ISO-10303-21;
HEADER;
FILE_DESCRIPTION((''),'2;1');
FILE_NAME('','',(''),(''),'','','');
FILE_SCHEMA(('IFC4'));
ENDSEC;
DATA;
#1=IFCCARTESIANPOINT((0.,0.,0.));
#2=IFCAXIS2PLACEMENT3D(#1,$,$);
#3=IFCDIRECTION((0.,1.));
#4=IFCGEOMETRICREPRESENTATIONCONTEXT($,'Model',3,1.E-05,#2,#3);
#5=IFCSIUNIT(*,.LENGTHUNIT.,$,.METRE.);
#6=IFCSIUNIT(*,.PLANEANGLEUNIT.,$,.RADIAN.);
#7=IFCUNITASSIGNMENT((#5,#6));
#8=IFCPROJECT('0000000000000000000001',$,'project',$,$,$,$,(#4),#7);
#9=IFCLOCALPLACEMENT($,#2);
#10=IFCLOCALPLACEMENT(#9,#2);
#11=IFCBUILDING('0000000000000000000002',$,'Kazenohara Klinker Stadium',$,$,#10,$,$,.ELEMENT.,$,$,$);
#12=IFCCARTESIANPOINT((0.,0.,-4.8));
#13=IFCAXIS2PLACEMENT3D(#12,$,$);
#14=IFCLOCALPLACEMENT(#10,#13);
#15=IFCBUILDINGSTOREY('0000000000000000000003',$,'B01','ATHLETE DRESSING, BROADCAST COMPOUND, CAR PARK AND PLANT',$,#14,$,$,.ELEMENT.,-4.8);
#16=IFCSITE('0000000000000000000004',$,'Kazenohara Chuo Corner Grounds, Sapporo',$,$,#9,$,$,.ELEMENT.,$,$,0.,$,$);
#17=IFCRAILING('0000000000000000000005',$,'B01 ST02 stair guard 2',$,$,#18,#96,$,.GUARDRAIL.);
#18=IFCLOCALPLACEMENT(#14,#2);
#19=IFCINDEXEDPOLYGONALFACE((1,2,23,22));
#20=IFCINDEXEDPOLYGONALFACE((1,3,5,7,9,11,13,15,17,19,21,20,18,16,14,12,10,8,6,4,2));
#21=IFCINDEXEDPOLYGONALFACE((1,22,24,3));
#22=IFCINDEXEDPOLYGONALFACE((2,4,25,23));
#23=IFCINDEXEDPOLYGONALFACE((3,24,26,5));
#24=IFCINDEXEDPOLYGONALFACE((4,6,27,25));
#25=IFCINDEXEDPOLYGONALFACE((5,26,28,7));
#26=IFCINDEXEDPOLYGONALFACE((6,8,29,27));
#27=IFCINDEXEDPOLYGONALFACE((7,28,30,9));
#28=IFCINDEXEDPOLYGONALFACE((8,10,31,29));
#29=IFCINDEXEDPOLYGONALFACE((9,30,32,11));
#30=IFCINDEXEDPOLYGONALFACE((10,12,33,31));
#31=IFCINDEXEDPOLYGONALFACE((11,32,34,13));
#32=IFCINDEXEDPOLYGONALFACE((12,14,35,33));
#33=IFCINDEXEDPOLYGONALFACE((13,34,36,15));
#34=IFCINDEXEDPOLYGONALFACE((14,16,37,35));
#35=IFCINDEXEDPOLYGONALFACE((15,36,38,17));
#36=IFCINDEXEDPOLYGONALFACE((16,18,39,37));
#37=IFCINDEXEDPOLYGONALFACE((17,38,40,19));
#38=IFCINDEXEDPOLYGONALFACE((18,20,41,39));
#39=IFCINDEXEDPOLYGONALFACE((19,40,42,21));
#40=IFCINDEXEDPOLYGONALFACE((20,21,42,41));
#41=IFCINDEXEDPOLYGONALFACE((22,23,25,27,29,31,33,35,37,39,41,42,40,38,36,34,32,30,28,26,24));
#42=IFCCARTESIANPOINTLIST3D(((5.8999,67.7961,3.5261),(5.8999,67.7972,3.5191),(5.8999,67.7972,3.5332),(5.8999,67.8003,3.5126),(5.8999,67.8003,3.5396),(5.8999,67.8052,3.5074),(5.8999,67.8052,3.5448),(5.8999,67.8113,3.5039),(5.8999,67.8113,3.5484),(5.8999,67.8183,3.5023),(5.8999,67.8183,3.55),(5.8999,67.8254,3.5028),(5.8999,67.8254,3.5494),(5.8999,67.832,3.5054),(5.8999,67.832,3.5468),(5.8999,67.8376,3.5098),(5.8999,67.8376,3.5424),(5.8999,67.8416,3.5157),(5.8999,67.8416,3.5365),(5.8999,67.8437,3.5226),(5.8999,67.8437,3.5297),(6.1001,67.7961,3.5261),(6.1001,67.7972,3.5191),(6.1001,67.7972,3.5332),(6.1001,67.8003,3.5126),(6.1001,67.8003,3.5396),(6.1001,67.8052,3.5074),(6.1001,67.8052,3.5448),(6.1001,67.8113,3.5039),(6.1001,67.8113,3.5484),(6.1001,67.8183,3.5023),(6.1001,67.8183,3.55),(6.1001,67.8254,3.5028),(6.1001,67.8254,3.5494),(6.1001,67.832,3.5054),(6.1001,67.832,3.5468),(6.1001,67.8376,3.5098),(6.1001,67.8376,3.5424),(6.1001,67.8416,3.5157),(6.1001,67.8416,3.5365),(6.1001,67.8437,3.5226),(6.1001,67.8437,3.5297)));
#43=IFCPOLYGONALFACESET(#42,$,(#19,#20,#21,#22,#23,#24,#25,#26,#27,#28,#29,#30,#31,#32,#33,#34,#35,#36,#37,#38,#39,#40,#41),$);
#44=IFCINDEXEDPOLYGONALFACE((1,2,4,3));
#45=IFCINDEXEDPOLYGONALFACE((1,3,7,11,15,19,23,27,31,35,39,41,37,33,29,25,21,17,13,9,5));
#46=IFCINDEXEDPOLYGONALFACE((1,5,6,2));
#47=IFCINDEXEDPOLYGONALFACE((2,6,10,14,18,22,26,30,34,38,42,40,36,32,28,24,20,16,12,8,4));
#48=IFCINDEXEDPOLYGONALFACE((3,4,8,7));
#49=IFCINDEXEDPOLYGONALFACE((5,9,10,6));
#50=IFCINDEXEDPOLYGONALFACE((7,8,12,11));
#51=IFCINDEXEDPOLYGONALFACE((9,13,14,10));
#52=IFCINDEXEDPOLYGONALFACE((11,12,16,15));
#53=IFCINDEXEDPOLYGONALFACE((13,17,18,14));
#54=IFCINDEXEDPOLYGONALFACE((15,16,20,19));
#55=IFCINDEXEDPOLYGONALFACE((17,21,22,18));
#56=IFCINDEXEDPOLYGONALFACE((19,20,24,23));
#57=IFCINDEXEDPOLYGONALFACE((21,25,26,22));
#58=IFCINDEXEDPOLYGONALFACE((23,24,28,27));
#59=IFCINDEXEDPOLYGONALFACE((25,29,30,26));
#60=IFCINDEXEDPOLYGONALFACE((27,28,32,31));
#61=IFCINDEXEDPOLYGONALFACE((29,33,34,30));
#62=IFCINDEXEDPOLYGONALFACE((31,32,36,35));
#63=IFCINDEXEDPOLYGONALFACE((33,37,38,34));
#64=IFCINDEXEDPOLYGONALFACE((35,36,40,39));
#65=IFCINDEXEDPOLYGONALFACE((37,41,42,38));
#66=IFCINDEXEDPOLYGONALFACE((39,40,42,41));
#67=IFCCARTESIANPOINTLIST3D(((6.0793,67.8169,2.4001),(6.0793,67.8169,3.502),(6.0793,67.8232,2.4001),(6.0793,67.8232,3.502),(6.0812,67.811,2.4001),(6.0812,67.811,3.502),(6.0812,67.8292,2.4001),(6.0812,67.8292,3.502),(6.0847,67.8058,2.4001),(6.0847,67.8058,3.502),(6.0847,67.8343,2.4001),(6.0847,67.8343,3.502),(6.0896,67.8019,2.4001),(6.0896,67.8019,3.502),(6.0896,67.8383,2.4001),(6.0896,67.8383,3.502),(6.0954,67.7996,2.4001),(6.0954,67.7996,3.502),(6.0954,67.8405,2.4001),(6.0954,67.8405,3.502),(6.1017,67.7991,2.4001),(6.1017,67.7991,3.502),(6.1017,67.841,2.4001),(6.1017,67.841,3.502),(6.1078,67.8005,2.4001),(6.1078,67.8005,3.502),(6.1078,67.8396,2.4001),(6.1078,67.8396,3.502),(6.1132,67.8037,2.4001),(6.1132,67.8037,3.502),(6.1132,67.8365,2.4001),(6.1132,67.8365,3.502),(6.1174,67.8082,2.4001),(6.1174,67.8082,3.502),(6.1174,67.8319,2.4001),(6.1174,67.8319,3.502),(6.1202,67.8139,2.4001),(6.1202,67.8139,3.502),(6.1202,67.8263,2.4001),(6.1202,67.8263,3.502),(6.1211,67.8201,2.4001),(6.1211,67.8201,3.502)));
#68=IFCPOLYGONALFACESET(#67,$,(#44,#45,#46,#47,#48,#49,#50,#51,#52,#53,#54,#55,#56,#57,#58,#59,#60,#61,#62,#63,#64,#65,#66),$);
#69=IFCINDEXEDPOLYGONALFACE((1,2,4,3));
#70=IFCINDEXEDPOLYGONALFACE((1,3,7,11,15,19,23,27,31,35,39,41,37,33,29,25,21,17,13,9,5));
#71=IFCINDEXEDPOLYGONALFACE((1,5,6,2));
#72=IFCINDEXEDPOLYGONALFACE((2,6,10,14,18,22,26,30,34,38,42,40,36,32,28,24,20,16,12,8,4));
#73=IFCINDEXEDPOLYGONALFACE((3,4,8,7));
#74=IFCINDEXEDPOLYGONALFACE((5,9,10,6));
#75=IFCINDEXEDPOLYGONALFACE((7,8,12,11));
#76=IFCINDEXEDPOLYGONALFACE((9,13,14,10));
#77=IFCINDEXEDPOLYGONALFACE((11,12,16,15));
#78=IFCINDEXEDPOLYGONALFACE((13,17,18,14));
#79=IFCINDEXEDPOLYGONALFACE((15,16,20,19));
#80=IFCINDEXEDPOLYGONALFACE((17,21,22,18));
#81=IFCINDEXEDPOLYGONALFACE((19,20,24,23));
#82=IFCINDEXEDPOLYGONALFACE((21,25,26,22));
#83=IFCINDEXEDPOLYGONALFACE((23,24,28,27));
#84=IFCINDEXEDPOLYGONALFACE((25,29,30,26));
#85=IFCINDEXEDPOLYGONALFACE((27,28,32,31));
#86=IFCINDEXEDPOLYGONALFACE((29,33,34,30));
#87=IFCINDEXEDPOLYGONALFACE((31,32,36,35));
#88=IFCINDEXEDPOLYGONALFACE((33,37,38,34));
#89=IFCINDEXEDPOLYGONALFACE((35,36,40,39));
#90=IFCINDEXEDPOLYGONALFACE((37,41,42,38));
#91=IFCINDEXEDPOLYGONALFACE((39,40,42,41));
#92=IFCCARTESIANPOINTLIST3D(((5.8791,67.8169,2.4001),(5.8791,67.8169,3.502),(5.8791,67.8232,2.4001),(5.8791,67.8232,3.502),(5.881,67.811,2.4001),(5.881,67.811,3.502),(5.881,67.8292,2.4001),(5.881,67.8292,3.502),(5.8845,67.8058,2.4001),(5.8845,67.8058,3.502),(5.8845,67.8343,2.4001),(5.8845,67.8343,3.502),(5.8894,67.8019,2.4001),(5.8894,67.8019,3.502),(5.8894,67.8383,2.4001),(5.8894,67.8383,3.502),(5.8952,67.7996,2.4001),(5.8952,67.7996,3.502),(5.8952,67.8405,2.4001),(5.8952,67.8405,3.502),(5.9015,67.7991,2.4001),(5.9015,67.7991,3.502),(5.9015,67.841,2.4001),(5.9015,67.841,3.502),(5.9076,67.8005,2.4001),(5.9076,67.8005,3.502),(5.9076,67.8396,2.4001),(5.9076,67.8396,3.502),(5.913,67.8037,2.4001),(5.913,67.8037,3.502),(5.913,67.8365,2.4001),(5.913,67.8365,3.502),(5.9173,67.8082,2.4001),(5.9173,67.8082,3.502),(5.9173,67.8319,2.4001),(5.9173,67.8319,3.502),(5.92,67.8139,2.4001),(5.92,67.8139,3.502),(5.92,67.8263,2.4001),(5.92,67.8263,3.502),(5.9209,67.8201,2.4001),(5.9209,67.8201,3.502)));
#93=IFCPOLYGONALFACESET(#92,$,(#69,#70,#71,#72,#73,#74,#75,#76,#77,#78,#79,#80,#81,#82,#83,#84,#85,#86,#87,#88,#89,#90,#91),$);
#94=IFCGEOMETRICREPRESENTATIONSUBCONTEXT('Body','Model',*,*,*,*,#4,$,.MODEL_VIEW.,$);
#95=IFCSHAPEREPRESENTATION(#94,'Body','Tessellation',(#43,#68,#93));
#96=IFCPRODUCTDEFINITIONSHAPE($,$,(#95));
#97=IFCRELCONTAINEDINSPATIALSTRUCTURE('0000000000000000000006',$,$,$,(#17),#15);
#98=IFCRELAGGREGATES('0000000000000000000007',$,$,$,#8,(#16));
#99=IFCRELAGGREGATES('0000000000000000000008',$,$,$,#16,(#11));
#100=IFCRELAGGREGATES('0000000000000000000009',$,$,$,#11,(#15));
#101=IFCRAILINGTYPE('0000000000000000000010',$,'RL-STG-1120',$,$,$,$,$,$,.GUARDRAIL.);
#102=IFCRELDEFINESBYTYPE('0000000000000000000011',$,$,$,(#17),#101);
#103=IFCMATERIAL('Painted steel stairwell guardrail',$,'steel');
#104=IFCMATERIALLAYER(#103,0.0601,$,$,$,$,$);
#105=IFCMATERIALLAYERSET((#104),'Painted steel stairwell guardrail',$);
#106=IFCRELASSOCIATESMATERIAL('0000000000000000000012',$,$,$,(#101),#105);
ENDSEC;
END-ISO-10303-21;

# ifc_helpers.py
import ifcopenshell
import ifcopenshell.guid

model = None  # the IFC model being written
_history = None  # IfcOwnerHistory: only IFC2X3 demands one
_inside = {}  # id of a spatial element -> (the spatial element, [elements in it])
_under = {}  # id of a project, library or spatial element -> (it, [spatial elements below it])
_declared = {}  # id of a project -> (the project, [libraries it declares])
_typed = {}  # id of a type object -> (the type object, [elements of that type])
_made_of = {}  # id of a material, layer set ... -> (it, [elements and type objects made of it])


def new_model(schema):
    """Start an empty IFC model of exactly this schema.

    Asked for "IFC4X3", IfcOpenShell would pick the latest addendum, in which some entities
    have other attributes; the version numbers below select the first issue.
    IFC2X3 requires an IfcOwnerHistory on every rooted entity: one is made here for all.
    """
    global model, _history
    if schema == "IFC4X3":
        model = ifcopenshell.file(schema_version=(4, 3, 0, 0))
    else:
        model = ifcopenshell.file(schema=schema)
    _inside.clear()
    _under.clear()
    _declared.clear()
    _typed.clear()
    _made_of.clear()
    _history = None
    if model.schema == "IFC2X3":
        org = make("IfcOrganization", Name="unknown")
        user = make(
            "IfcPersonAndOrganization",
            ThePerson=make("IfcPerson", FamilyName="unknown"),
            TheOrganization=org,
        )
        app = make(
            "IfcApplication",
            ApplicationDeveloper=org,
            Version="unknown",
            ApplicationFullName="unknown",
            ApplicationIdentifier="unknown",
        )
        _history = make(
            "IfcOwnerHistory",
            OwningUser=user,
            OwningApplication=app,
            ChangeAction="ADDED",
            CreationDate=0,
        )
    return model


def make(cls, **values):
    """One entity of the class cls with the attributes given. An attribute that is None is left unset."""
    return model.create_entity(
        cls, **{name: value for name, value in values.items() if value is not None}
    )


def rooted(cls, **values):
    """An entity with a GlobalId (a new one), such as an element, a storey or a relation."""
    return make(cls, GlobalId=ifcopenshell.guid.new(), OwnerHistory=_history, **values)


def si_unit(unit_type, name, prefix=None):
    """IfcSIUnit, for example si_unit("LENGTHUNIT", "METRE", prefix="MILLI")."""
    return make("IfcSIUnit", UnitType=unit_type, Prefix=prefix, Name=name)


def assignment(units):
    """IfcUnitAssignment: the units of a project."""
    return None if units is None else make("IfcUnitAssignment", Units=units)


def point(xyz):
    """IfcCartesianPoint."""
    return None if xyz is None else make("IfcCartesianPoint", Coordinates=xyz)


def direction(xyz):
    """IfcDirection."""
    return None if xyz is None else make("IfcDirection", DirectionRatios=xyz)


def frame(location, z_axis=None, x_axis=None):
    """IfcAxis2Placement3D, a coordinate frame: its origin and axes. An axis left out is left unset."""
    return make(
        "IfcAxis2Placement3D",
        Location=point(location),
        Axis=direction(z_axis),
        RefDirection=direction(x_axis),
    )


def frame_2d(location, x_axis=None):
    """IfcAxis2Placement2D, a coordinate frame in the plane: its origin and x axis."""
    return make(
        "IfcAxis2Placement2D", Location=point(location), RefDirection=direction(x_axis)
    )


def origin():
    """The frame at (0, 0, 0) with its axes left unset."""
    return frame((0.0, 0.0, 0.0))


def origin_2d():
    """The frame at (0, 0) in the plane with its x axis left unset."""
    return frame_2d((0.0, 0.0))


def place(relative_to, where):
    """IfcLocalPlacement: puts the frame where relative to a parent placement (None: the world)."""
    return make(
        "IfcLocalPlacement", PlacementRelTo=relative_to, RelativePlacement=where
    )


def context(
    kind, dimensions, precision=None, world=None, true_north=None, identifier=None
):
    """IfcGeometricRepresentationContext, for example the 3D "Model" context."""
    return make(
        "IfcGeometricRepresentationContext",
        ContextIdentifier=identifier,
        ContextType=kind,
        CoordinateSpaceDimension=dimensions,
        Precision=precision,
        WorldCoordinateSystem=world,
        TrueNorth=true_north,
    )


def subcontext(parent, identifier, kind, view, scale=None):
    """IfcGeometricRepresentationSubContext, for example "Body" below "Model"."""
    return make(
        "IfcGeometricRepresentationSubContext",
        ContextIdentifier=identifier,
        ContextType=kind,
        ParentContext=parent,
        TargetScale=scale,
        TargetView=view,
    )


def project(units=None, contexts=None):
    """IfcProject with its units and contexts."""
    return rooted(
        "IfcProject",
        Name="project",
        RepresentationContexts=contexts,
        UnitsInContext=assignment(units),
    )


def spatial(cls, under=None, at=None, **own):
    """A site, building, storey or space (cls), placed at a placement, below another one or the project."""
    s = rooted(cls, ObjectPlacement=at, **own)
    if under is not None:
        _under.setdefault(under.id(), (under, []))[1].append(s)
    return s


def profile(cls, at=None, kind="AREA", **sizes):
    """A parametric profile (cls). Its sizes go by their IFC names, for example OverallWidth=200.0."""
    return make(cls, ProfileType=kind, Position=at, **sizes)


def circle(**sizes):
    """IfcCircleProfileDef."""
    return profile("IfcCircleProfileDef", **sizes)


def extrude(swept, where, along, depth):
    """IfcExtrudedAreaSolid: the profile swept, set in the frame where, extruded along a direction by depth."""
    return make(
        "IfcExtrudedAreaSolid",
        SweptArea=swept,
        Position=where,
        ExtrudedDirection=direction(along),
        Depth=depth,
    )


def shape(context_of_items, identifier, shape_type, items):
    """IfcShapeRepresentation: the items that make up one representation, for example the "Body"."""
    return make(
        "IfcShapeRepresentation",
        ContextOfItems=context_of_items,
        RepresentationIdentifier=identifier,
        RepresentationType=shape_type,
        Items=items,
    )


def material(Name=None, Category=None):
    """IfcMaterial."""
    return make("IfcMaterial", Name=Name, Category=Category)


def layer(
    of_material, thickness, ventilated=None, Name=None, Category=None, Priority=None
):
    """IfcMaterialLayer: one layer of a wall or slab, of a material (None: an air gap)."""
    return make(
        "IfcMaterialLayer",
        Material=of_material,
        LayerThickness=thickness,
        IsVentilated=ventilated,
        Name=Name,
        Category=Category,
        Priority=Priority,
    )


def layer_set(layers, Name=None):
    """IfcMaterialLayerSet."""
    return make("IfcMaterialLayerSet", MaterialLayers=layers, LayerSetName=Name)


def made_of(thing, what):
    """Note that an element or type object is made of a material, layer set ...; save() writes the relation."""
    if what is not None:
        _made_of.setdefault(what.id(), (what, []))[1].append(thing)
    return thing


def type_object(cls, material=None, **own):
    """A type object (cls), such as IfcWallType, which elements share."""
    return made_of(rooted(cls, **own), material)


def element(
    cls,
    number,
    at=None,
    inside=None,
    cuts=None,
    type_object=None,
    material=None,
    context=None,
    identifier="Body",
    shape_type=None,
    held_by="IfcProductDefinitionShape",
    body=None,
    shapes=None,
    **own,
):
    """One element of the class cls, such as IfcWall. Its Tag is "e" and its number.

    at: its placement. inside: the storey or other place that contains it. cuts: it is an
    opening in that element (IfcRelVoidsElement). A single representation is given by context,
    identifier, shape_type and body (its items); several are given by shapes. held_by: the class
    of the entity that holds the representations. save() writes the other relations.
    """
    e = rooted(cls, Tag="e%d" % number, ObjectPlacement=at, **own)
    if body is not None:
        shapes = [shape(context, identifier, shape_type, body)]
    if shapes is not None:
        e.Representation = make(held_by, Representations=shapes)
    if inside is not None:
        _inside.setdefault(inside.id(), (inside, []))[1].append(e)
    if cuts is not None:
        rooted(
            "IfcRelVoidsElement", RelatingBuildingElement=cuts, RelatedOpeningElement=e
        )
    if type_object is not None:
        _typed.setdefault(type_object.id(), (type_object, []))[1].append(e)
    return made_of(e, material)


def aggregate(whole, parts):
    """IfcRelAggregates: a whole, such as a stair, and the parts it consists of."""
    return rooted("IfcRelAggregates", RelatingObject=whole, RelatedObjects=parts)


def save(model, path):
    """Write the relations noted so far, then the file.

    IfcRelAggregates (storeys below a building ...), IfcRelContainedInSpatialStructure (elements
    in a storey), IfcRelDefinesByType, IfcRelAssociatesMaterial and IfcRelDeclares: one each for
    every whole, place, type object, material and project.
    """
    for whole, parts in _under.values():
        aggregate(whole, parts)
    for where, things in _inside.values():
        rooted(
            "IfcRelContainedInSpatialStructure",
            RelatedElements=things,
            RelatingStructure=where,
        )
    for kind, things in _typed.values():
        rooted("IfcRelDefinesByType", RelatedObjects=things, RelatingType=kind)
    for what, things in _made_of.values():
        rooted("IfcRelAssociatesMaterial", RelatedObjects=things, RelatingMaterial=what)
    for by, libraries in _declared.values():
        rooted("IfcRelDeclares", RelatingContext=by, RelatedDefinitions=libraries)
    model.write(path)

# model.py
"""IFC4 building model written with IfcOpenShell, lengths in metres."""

from ifc_helpers import new_model, si_unit, direction, frame, origin, origin_2d, place, context, subcontext, project, spatial, circle, extrude, material, layer, layer_set, type_object, element, save


model = new_model("IFC4")

# Units and contexts
model_context = context("Model", 3, precision=1e-05, world=origin(), true_north=direction((0.0, 1.0)))
body_context = subcontext(model_context, "Body", "Model", "MODEL_VIEW")
ifc_project = project(units=[si_unit("LENGTHUNIT", "METRE"), si_unit("PLANEANGLEUNIT", "RADIAN")], contexts=[model_context])

# Site, building, storey
site_placement = place(None, origin())
site = spatial("IfcSite", under=ifc_project, at=site_placement, Name="Kazenohara Chuo Corner Grounds, Sapporo", CompositionType="ELEMENT", RefElevation=0.0)
building_placement = place(site_placement, origin())
building = spatial("IfcBuilding", under=site, at=building_placement, Name="Kazenohara Klinker Stadium", CompositionType="ELEMENT")
storey_placement = place(building_placement, frame((0.0, 0.0, -4.8)))
storey = spatial("IfcBuildingStorey", under=building, at=storey_placement, Name="B01", Description="ATHLETE DRESSING, BROADCAST COMPOUND, CAR PARK AND PLANT", CompositionType="ELEMENT", Elevation=-4.8)

# Railing
ifc_material_1 = material(Name="Painted steel stairwell guardrail", Category="steel")
ifc_layer_1 = layer(ifc_material_1, 0.0601)
ifc_layer_set_1 = layer_set([ifc_layer_1], Name="Painted steel stairwell guardrail")
railing_type_1 = type_object("IfcRailingType", Name="RL-STG-1120", PredefinedType="GUARDRAIL", material=ifc_layer_set_1)
railing_1_placement = place(storey_placement, frame((6.1001, 67.8201, 2.4001)))
element("IfcRailing", 1, at=railing_1_placement, inside=storey, type_object=railing_type_1, Name="B01 ST02 stair guard 2", PredefinedType="GUARDRAIL", context=body_context, shape_type="SweptSolid", body=[
    extrude(circle(Radius=0.0239, at=origin_2d()), frame((0.0, 0.0, 1.126), z_axis=(-1.0, 0.0, 0.0), x_axis=(0.0, -1.0, 0.0)), (0.0, 0.0, 1.0), 0.2002),
    extrude(circle(Radius=0.021, at=origin_2d()), origin(), (0.0, 0.0, 1.0), 1.1018),
    extrude(circle(Radius=0.021, at=origin_2d()), frame((-0.2002, 0.0, 0.0)), (0.0, 0.0, 1.0), 1.1018),
])

save(model, "model.ifc")
